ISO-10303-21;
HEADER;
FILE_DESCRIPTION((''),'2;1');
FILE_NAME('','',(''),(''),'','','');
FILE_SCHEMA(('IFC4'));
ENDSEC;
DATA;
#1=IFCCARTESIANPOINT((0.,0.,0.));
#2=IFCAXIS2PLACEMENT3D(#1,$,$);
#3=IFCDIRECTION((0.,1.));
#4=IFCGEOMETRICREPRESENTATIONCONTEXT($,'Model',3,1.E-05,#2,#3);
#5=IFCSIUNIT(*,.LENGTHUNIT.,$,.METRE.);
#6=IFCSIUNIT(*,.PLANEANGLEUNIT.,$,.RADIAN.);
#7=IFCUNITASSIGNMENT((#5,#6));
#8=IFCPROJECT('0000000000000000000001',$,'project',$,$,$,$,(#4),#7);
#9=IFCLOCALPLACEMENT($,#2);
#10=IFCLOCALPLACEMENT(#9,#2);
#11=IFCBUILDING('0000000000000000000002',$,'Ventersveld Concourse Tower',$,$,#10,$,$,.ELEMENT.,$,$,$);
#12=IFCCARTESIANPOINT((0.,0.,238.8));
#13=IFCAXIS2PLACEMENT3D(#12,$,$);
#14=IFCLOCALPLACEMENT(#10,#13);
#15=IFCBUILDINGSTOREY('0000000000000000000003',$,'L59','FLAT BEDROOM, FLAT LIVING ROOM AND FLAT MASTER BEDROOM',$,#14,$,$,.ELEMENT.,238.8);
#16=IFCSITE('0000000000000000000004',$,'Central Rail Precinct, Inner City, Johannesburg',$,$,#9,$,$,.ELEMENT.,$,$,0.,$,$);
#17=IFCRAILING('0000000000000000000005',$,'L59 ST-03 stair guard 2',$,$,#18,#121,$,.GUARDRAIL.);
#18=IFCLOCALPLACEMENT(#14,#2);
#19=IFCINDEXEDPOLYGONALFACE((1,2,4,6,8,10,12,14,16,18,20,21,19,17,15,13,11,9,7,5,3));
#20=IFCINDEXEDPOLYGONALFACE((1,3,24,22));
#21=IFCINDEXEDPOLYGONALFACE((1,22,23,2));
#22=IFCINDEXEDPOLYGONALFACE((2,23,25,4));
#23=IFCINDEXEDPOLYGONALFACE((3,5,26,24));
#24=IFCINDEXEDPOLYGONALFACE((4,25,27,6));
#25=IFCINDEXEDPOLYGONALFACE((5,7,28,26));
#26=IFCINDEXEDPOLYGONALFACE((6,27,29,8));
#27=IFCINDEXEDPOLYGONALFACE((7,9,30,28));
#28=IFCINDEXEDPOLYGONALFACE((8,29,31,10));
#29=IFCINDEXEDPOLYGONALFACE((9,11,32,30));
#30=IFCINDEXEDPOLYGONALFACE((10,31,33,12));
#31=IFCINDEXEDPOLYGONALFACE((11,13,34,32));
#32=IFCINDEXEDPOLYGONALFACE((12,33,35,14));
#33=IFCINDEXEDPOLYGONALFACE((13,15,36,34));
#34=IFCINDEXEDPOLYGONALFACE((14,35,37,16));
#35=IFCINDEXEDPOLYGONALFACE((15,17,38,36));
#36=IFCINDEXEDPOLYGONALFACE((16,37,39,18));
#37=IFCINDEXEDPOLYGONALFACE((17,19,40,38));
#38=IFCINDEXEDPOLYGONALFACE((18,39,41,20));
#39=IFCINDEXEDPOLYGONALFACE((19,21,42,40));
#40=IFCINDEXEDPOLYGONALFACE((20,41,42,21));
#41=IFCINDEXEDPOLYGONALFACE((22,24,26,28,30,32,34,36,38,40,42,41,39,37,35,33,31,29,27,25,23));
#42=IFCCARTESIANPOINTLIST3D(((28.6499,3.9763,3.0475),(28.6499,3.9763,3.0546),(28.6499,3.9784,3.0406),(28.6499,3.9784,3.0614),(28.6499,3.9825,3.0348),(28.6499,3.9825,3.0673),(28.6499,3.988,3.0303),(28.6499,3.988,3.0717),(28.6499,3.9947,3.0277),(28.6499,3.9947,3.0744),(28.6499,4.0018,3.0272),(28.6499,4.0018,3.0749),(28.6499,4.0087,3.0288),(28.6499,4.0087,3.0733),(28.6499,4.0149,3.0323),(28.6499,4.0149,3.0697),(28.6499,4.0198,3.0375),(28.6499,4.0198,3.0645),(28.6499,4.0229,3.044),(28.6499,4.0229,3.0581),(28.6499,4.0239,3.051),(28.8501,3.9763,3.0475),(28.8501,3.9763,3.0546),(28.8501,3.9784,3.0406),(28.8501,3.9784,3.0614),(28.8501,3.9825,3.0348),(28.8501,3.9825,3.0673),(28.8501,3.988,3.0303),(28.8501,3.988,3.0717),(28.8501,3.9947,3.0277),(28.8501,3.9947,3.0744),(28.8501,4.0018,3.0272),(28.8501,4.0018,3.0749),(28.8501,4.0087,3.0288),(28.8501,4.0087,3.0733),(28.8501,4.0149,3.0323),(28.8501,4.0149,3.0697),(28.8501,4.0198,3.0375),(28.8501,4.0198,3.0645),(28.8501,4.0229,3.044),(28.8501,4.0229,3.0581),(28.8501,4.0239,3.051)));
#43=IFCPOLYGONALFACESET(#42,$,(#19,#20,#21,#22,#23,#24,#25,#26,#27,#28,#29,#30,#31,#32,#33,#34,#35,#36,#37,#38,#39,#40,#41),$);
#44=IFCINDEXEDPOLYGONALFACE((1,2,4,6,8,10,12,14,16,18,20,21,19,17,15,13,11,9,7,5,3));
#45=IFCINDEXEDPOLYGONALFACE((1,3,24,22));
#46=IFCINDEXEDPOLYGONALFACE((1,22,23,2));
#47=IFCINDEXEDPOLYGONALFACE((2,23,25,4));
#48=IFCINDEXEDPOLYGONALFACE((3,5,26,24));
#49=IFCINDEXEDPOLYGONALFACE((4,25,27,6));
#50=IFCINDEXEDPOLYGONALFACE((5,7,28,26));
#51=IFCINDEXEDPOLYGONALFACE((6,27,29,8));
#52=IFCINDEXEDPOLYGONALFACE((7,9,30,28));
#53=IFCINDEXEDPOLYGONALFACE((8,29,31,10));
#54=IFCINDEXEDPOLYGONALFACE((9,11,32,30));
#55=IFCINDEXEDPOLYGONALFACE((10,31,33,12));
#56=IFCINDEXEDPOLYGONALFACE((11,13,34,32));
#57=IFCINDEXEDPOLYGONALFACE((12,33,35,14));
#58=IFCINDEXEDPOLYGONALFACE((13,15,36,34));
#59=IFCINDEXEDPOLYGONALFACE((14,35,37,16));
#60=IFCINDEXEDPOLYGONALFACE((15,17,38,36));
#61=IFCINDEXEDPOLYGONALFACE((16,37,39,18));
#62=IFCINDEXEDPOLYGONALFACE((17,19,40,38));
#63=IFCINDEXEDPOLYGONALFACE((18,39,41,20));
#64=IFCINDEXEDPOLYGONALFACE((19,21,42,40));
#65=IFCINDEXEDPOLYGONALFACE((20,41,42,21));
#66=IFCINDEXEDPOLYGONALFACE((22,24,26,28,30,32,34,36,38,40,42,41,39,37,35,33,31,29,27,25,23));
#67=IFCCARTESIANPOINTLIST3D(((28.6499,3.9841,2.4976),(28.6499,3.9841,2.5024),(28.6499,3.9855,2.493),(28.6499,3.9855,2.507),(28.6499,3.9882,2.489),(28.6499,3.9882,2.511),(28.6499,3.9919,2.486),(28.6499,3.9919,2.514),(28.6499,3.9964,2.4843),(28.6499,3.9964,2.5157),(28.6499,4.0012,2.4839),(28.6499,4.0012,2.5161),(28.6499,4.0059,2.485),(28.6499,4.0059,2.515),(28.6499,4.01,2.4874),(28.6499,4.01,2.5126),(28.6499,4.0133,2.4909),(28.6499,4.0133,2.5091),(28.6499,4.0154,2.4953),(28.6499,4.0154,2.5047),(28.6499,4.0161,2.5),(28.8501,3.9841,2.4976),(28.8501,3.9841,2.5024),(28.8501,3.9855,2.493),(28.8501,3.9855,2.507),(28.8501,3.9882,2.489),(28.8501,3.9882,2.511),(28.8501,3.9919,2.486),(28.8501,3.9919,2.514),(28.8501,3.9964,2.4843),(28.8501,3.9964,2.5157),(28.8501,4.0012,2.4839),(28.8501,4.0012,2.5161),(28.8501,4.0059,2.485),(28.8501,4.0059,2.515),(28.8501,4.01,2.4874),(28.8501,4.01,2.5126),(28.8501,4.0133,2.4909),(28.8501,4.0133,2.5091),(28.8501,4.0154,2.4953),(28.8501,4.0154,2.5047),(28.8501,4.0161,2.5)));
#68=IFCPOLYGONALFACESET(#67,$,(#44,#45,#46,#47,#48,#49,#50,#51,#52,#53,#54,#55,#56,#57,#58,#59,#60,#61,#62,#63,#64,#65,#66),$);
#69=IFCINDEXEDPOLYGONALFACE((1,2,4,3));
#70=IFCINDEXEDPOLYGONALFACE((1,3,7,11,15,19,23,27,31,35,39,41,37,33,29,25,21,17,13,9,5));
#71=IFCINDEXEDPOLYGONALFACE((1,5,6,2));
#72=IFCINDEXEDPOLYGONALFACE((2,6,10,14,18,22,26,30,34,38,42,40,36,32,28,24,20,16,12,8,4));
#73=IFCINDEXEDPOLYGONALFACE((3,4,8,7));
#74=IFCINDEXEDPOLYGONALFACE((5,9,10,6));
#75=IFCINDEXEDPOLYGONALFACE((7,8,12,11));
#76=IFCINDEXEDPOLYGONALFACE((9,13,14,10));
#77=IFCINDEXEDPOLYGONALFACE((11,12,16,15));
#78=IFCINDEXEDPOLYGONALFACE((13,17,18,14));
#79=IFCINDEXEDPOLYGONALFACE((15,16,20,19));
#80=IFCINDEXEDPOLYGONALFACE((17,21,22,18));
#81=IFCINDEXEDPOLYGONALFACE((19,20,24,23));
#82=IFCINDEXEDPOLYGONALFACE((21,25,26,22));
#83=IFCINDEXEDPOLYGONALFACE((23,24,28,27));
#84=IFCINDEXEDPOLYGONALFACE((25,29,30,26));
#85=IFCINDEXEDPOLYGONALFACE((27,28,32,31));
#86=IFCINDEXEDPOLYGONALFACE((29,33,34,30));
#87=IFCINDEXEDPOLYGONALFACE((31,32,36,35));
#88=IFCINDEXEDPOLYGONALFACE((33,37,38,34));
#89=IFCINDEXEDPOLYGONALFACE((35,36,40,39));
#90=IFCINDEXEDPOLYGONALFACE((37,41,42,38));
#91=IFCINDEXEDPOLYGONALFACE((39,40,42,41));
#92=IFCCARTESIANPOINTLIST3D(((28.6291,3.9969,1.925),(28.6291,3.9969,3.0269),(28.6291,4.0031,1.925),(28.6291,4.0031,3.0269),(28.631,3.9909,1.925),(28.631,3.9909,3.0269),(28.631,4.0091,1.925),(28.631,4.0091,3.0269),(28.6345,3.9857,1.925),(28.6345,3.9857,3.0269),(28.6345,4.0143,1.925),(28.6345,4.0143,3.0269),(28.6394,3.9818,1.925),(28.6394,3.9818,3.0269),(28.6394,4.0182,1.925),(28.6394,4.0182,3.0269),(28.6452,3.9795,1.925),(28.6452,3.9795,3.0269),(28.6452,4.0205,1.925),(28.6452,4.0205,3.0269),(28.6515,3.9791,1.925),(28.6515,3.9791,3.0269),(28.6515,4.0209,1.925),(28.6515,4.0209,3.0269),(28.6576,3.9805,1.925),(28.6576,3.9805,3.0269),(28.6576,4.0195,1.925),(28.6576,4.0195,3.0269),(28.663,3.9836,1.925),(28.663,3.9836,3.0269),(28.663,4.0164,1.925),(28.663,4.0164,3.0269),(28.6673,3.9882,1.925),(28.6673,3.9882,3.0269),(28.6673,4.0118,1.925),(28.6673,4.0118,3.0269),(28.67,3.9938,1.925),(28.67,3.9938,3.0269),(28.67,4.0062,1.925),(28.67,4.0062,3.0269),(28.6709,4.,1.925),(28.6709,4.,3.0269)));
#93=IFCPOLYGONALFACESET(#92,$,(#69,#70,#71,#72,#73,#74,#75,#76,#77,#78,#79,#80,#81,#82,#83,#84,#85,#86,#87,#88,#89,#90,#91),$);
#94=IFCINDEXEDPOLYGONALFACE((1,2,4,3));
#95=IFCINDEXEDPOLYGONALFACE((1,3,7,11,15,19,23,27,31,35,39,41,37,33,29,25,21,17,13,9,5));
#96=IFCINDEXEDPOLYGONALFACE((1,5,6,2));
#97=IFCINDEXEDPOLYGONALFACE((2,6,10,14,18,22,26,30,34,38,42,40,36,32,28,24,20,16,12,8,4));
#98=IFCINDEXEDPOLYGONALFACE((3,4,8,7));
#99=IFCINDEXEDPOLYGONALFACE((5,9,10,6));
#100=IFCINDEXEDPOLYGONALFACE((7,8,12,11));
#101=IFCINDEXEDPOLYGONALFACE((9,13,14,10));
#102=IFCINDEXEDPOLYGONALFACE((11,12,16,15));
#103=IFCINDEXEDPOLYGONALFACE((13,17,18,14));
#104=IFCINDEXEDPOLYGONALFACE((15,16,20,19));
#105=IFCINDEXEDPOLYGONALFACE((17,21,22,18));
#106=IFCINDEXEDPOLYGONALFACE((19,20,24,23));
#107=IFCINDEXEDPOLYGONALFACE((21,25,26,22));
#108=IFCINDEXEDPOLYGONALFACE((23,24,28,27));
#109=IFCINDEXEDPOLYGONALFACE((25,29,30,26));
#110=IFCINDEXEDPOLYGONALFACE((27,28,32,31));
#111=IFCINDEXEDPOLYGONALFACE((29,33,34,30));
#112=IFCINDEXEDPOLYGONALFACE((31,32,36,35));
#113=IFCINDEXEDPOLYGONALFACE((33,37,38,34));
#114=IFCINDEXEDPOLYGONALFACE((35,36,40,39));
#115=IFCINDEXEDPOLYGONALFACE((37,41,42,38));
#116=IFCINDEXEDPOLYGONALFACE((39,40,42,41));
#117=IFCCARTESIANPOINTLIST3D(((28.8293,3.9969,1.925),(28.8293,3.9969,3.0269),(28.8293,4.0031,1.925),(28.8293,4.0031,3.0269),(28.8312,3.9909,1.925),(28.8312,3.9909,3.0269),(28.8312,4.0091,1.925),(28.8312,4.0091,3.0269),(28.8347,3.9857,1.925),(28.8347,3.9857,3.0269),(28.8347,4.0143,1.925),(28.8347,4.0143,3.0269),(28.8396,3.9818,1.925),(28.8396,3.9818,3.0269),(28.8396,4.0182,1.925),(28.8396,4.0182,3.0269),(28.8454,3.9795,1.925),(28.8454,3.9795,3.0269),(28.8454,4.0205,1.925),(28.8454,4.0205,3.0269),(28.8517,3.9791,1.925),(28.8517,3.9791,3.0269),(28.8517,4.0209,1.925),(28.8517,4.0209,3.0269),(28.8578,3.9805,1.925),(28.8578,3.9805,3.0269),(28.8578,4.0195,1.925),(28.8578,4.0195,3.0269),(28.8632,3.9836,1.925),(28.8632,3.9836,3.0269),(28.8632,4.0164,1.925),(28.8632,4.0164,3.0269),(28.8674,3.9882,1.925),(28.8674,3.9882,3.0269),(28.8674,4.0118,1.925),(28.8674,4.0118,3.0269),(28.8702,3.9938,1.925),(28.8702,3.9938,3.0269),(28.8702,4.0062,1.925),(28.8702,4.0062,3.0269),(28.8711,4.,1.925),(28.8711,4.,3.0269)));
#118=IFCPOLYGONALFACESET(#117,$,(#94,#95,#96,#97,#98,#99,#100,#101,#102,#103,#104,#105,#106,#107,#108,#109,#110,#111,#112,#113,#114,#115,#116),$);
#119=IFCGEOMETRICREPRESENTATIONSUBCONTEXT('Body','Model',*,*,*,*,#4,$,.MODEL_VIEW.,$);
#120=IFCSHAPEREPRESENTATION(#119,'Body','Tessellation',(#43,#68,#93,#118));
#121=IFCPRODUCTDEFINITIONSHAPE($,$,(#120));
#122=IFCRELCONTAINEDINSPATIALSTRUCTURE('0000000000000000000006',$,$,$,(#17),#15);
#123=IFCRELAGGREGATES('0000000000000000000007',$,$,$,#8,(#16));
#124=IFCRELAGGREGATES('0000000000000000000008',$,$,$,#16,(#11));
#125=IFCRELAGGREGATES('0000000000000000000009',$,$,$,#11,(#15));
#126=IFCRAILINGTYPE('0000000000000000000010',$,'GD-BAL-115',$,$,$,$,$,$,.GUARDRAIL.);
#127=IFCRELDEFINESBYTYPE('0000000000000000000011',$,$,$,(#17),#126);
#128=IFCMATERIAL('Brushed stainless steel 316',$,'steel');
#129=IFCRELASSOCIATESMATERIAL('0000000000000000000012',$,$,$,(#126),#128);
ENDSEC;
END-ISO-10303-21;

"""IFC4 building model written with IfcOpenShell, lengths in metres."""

from ifc_helpers import new_model, si_unit, direction, frame, origin, origin_2d, place, context, subcontext, project, spatial, circle, extrude, material, type_object, element, save


model = new_model("IFC4")

# Units and contexts
model_context = context("Model", 3, precision=1e-05, world=origin(), true_north=direction((0.0, 1.0)))
body_context = subcontext(model_context, "Body", "Model", "MODEL_VIEW")
ifc_project = project(units=[si_unit("LENGTHUNIT", "METRE"), si_unit("PLANEANGLEUNIT", "RADIAN")], contexts=[model_context])

# Site, building, storey
site_placement = place(None, origin())
site = spatial("IfcSite", under=ifc_project, at=site_placement, Name="Central Rail Precinct, Inner City, Johannesburg", CompositionType="ELEMENT", RefElevation=0.0)
building_placement = place(site_placement, origin())
building = spatial("IfcBuilding", under=site, at=building_placement, Name="Ventersveld Concourse Tower", CompositionType="ELEMENT")
storey_placement = place(building_placement, frame((0.0, 0.0, 238.8)))
storey = spatial("IfcBuildingStorey", under=building, at=storey_placement, Name="L59", Description="FLAT BEDROOM, FLAT LIVING ROOM AND FLAT MASTER BEDROOM", CompositionType="ELEMENT", Elevation=238.8)

# Shared definitions
ifc_material_1 = material(Name="Brushed stainless steel 316", Category="steel")

# Railing
railing_type_1 = type_object("IfcRailingType", Name="GD-BAL-115", PredefinedType="GUARDRAIL", material=ifc_material_1)
railing_1_placement = place(storey_placement, frame((28.6499, 4.0, 1.925)))
element("IfcRailing", 1, at=railing_1_placement, inside=storey, type_object=railing_type_1, Name="L59 ST-03 stair guard 2", PredefinedType="GUARDRAIL", context=body_context, shape_type="SweptSolid", body=[
    extrude(circle(Radius=0.0239, at=origin_2d()), frame((0.0, 0.0, 1.126), z_axis=(1.0, 0.0, 0.0), x_axis=(0.0, 1.0, 0.0)), (0.0, 0.0, 1.0), 0.2002),
    extrude(circle(Radius=0.0161, at=origin_2d()), frame((0.0, 0.0, 0.575), z_axis=(1.0, 0.0, 0.0), x_axis=(0.0, 1.0, 0.0)), (0.0, 0.0, 1.0), 0.2002),
    extrude(circle(Radius=0.021, at=origin_2d()), origin(), (0.0, 0.0, 1.0), 1.1018),
    extrude(circle(Radius=0.021, at=origin_2d()), frame((0.2002, 0.0, 0.0)), (0.0, 0.0, 1.0), 1.1018),
])

save(model, "model.ifc")
